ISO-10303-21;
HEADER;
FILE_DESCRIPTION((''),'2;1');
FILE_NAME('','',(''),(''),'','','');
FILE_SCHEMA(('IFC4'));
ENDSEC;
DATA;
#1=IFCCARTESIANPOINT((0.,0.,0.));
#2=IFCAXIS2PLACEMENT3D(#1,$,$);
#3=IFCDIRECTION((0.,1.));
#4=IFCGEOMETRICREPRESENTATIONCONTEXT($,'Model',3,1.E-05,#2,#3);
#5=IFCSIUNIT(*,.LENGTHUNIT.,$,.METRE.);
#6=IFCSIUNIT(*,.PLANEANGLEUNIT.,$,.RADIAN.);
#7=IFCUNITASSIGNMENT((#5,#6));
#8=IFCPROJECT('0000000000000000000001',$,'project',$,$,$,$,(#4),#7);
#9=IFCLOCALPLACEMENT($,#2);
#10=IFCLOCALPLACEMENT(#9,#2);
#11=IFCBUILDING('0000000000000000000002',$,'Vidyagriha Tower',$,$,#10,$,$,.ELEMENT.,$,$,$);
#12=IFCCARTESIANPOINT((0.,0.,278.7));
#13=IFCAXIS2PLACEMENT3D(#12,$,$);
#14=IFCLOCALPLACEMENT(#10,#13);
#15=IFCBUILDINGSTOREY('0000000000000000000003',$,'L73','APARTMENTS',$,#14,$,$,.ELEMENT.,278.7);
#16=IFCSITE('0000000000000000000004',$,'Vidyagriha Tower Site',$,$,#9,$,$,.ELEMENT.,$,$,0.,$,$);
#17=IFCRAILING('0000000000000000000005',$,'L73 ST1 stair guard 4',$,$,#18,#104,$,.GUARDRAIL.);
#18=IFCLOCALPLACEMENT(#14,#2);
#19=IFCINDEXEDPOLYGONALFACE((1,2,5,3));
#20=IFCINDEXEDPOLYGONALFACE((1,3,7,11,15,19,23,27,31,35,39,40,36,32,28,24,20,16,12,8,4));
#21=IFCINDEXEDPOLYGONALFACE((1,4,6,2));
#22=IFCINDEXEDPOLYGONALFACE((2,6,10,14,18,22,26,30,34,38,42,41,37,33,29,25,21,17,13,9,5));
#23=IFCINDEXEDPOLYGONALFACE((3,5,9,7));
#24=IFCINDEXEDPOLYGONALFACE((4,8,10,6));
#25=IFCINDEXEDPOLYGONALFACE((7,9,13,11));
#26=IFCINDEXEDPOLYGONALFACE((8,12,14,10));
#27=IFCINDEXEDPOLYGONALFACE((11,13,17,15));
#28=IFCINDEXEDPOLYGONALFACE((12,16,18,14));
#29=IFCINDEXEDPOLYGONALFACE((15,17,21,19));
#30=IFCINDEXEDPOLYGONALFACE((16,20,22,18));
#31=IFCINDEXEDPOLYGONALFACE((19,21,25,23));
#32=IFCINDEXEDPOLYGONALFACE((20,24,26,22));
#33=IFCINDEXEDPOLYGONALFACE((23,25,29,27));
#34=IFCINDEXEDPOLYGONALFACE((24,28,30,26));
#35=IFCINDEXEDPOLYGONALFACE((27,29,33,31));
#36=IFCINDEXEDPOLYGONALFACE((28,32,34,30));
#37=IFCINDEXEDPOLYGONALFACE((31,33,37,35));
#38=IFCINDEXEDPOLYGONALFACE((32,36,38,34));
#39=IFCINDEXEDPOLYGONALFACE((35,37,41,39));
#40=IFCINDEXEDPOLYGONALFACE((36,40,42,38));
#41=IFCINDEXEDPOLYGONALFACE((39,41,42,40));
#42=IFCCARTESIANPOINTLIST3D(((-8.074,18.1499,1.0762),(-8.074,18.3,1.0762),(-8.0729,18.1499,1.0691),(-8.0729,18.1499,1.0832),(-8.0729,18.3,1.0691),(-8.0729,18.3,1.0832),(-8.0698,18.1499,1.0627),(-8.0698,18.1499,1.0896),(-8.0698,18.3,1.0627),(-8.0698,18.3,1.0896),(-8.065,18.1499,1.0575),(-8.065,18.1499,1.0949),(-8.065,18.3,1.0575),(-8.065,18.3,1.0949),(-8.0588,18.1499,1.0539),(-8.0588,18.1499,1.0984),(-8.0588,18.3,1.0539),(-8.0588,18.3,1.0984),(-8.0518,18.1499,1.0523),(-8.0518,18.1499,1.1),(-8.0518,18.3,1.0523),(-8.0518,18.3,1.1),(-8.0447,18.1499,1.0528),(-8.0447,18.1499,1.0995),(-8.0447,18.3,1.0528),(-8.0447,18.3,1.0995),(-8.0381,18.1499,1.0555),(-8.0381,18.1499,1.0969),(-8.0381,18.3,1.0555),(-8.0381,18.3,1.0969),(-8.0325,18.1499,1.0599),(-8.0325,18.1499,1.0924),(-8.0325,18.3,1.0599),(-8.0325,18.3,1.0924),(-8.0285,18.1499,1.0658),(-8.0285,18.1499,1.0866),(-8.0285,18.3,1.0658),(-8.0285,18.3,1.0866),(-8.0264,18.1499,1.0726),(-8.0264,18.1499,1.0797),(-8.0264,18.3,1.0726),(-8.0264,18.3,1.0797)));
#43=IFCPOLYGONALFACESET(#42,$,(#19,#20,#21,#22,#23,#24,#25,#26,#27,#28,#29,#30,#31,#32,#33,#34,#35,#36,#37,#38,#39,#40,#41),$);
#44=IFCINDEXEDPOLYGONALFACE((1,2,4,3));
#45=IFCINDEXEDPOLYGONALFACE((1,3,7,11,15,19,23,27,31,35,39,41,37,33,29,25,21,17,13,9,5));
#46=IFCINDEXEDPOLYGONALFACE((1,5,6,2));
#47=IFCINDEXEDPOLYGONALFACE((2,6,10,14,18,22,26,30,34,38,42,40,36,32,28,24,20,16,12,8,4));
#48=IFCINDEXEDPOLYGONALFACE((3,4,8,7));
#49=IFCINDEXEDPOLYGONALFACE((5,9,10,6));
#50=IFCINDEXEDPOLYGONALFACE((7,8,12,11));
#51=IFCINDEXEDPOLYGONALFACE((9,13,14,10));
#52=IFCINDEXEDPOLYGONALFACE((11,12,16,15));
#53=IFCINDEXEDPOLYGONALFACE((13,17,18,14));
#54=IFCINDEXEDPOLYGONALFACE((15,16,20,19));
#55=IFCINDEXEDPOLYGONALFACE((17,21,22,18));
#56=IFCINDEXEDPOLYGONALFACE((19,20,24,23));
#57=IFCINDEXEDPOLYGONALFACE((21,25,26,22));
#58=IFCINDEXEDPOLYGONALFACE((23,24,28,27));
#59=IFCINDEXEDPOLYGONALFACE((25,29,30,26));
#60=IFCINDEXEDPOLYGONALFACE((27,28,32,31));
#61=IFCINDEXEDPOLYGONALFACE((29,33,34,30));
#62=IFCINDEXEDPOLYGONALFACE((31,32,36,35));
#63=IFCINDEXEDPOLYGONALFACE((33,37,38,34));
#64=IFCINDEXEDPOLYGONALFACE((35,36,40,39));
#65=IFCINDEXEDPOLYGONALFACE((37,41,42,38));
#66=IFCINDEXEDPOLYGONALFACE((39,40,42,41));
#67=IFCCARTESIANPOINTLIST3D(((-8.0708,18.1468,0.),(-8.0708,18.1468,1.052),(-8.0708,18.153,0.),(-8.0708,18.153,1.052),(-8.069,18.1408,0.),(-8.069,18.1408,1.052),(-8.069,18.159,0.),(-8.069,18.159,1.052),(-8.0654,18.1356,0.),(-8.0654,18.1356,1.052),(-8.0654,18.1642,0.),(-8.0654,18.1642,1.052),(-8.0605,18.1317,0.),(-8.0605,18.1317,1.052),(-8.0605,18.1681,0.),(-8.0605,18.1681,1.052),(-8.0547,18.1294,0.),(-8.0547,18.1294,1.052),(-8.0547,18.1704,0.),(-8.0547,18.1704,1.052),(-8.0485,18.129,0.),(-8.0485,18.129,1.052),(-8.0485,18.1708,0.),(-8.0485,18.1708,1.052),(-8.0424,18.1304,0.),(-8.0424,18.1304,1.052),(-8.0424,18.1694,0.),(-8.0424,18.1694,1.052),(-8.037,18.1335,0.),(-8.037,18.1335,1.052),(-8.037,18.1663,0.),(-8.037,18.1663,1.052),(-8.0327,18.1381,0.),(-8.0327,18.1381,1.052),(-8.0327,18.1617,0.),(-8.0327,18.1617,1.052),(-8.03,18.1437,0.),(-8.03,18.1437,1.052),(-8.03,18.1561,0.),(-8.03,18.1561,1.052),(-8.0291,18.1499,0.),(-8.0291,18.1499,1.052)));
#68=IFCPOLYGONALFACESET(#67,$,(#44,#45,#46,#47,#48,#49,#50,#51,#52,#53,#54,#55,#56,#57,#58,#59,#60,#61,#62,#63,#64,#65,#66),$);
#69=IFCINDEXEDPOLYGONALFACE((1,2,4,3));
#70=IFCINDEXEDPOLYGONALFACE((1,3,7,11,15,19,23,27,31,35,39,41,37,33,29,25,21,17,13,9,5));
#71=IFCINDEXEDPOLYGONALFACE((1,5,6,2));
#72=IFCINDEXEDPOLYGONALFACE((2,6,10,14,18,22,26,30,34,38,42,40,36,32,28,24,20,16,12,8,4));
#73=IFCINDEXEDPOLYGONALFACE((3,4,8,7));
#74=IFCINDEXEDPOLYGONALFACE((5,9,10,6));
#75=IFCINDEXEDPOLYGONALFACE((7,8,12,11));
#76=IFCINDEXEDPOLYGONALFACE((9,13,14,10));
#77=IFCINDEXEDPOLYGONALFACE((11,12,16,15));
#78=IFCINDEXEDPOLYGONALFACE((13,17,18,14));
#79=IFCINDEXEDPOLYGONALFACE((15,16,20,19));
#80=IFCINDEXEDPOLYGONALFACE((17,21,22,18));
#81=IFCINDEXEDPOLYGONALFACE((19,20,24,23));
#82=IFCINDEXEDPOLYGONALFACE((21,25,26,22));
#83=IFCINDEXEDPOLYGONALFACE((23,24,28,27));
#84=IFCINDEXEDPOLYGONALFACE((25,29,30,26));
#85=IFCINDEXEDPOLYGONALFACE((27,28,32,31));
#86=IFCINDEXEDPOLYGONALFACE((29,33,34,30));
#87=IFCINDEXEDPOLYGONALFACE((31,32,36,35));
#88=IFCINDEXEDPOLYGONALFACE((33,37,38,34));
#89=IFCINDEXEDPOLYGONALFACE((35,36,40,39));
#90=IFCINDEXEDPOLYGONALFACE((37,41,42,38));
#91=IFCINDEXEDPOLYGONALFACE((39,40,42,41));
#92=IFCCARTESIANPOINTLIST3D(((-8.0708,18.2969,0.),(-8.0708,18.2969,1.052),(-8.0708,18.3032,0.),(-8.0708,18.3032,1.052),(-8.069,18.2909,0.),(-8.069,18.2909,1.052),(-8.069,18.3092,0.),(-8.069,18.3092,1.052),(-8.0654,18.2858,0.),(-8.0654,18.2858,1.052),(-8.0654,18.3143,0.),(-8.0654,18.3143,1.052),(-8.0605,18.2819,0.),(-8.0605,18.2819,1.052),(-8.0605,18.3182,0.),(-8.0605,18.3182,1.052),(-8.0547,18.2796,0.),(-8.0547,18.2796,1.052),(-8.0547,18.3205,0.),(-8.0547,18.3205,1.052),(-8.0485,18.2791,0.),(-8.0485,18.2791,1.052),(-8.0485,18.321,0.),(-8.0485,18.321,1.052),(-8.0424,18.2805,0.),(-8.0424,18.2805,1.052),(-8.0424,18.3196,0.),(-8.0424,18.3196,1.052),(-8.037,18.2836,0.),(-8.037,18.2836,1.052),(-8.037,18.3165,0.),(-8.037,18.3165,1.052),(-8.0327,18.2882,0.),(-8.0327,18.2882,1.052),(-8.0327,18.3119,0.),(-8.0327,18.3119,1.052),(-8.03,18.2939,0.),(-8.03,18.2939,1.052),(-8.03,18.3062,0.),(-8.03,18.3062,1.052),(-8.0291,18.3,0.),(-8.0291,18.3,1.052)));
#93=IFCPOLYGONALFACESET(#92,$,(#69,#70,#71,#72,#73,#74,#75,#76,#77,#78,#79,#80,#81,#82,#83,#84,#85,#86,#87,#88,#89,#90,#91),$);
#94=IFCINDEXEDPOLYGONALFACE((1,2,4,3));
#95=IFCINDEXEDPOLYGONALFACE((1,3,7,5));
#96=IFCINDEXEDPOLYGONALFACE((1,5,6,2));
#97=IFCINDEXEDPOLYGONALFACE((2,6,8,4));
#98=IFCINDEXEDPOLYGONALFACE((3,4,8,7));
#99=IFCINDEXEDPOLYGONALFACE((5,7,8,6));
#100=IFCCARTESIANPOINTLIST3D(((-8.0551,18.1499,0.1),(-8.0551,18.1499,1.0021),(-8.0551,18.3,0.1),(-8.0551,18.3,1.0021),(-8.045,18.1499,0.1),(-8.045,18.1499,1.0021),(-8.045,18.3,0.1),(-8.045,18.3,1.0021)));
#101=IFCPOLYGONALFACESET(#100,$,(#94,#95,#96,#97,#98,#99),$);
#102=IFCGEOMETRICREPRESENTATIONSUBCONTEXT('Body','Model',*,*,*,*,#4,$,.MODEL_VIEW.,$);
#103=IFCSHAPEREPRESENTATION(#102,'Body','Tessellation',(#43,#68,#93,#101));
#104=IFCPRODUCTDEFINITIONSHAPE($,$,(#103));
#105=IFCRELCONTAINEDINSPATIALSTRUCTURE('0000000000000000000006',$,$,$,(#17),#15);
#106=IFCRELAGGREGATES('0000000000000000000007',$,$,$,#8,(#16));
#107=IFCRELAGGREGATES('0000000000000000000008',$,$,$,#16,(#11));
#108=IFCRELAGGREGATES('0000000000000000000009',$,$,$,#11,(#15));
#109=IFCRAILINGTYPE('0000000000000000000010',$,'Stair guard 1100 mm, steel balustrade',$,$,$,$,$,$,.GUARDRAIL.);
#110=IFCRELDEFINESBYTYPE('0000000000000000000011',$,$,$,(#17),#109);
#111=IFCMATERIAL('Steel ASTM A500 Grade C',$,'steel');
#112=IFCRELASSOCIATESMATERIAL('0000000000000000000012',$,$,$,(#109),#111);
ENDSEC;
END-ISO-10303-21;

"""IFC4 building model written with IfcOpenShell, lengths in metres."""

from ifc_helpers import new_model, si_unit, direction, frame, origin, origin_2d, place, context, subcontext, project, spatial, rectangle, circle, extrude, material, type_object, element, save


model = new_model("IFC4")

# Units and contexts
model_context = context("Model", 3, precision=1e-05, world=origin(), true_north=direction((0.0, 1.0)))
body_context = subcontext(model_context, "Body", "Model", "MODEL_VIEW")
ifc_project = project(units=[si_unit("LENGTHUNIT", "METRE"), si_unit("PLANEANGLEUNIT", "RADIAN")], contexts=[model_context])

# Site, building, storey
site_placement = place(None, origin())
site = spatial("IfcSite", under=ifc_project, at=site_placement, Name="Vidyagriha Tower Site", CompositionType="ELEMENT", RefElevation=0.0)
building_placement = place(site_placement, origin())
building = spatial("IfcBuilding", under=site, at=building_placement, Name="Vidyagriha Tower", CompositionType="ELEMENT")
storey_placement = place(building_placement, frame((0.0, 0.0, 278.7)))
storey = spatial("IfcBuildingStorey", under=building, at=storey_placement, Name="L73", Description="APARTMENTS", CompositionType="ELEMENT", Elevation=278.7)

# Railing
ifc_material_1 = material(Name="Steel ASTM A500 Grade C", Category="steel")
railing_type_1 = type_object("IfcRailingType", Name="Stair guard 1100 mm, steel balustrade", PredefinedType="GUARDRAIL", material=ifc_material_1)
railing_1_placement = place(storey_placement, frame((-8.05, 18.1499, 0.0)))
element("IfcRailing", 1, at=railing_1_placement, inside=storey, type_object=railing_type_1, Name="L73 ST1 stair guard 4", PredefinedType="GUARDRAIL", context=body_context, shape_type="SweptSolid", body=[
    extrude(circle(Radius=0.0239, at=origin_2d()), frame((0.0, 0.0, 1.0762), z_axis=(0.0, 1.0, 0.0), x_axis=(-1.0, 0.0, 0.0)), (0.0, 0.0, 1.0), 0.1501),
    extrude(circle(Radius=0.021, at=origin_2d()), origin(), (0.0, 0.0, 1.0), 1.052),
    extrude(circle(Radius=0.021, at=origin_2d()), frame((0.0, 0.1501, 0.0)), (0.0, 0.0, 1.0), 1.052),
    extrude(rectangle(XDim=0.01, YDim=0.9021, at=origin_2d()), frame((0.0, 0.0, 0.551), z_axis=(0.0, 1.0, 0.0), x_axis=(-1.0, 0.0, 0.0)), (0.0, 0.0, 1.0), 0.1501),
])

save(model, "model.ifc")
